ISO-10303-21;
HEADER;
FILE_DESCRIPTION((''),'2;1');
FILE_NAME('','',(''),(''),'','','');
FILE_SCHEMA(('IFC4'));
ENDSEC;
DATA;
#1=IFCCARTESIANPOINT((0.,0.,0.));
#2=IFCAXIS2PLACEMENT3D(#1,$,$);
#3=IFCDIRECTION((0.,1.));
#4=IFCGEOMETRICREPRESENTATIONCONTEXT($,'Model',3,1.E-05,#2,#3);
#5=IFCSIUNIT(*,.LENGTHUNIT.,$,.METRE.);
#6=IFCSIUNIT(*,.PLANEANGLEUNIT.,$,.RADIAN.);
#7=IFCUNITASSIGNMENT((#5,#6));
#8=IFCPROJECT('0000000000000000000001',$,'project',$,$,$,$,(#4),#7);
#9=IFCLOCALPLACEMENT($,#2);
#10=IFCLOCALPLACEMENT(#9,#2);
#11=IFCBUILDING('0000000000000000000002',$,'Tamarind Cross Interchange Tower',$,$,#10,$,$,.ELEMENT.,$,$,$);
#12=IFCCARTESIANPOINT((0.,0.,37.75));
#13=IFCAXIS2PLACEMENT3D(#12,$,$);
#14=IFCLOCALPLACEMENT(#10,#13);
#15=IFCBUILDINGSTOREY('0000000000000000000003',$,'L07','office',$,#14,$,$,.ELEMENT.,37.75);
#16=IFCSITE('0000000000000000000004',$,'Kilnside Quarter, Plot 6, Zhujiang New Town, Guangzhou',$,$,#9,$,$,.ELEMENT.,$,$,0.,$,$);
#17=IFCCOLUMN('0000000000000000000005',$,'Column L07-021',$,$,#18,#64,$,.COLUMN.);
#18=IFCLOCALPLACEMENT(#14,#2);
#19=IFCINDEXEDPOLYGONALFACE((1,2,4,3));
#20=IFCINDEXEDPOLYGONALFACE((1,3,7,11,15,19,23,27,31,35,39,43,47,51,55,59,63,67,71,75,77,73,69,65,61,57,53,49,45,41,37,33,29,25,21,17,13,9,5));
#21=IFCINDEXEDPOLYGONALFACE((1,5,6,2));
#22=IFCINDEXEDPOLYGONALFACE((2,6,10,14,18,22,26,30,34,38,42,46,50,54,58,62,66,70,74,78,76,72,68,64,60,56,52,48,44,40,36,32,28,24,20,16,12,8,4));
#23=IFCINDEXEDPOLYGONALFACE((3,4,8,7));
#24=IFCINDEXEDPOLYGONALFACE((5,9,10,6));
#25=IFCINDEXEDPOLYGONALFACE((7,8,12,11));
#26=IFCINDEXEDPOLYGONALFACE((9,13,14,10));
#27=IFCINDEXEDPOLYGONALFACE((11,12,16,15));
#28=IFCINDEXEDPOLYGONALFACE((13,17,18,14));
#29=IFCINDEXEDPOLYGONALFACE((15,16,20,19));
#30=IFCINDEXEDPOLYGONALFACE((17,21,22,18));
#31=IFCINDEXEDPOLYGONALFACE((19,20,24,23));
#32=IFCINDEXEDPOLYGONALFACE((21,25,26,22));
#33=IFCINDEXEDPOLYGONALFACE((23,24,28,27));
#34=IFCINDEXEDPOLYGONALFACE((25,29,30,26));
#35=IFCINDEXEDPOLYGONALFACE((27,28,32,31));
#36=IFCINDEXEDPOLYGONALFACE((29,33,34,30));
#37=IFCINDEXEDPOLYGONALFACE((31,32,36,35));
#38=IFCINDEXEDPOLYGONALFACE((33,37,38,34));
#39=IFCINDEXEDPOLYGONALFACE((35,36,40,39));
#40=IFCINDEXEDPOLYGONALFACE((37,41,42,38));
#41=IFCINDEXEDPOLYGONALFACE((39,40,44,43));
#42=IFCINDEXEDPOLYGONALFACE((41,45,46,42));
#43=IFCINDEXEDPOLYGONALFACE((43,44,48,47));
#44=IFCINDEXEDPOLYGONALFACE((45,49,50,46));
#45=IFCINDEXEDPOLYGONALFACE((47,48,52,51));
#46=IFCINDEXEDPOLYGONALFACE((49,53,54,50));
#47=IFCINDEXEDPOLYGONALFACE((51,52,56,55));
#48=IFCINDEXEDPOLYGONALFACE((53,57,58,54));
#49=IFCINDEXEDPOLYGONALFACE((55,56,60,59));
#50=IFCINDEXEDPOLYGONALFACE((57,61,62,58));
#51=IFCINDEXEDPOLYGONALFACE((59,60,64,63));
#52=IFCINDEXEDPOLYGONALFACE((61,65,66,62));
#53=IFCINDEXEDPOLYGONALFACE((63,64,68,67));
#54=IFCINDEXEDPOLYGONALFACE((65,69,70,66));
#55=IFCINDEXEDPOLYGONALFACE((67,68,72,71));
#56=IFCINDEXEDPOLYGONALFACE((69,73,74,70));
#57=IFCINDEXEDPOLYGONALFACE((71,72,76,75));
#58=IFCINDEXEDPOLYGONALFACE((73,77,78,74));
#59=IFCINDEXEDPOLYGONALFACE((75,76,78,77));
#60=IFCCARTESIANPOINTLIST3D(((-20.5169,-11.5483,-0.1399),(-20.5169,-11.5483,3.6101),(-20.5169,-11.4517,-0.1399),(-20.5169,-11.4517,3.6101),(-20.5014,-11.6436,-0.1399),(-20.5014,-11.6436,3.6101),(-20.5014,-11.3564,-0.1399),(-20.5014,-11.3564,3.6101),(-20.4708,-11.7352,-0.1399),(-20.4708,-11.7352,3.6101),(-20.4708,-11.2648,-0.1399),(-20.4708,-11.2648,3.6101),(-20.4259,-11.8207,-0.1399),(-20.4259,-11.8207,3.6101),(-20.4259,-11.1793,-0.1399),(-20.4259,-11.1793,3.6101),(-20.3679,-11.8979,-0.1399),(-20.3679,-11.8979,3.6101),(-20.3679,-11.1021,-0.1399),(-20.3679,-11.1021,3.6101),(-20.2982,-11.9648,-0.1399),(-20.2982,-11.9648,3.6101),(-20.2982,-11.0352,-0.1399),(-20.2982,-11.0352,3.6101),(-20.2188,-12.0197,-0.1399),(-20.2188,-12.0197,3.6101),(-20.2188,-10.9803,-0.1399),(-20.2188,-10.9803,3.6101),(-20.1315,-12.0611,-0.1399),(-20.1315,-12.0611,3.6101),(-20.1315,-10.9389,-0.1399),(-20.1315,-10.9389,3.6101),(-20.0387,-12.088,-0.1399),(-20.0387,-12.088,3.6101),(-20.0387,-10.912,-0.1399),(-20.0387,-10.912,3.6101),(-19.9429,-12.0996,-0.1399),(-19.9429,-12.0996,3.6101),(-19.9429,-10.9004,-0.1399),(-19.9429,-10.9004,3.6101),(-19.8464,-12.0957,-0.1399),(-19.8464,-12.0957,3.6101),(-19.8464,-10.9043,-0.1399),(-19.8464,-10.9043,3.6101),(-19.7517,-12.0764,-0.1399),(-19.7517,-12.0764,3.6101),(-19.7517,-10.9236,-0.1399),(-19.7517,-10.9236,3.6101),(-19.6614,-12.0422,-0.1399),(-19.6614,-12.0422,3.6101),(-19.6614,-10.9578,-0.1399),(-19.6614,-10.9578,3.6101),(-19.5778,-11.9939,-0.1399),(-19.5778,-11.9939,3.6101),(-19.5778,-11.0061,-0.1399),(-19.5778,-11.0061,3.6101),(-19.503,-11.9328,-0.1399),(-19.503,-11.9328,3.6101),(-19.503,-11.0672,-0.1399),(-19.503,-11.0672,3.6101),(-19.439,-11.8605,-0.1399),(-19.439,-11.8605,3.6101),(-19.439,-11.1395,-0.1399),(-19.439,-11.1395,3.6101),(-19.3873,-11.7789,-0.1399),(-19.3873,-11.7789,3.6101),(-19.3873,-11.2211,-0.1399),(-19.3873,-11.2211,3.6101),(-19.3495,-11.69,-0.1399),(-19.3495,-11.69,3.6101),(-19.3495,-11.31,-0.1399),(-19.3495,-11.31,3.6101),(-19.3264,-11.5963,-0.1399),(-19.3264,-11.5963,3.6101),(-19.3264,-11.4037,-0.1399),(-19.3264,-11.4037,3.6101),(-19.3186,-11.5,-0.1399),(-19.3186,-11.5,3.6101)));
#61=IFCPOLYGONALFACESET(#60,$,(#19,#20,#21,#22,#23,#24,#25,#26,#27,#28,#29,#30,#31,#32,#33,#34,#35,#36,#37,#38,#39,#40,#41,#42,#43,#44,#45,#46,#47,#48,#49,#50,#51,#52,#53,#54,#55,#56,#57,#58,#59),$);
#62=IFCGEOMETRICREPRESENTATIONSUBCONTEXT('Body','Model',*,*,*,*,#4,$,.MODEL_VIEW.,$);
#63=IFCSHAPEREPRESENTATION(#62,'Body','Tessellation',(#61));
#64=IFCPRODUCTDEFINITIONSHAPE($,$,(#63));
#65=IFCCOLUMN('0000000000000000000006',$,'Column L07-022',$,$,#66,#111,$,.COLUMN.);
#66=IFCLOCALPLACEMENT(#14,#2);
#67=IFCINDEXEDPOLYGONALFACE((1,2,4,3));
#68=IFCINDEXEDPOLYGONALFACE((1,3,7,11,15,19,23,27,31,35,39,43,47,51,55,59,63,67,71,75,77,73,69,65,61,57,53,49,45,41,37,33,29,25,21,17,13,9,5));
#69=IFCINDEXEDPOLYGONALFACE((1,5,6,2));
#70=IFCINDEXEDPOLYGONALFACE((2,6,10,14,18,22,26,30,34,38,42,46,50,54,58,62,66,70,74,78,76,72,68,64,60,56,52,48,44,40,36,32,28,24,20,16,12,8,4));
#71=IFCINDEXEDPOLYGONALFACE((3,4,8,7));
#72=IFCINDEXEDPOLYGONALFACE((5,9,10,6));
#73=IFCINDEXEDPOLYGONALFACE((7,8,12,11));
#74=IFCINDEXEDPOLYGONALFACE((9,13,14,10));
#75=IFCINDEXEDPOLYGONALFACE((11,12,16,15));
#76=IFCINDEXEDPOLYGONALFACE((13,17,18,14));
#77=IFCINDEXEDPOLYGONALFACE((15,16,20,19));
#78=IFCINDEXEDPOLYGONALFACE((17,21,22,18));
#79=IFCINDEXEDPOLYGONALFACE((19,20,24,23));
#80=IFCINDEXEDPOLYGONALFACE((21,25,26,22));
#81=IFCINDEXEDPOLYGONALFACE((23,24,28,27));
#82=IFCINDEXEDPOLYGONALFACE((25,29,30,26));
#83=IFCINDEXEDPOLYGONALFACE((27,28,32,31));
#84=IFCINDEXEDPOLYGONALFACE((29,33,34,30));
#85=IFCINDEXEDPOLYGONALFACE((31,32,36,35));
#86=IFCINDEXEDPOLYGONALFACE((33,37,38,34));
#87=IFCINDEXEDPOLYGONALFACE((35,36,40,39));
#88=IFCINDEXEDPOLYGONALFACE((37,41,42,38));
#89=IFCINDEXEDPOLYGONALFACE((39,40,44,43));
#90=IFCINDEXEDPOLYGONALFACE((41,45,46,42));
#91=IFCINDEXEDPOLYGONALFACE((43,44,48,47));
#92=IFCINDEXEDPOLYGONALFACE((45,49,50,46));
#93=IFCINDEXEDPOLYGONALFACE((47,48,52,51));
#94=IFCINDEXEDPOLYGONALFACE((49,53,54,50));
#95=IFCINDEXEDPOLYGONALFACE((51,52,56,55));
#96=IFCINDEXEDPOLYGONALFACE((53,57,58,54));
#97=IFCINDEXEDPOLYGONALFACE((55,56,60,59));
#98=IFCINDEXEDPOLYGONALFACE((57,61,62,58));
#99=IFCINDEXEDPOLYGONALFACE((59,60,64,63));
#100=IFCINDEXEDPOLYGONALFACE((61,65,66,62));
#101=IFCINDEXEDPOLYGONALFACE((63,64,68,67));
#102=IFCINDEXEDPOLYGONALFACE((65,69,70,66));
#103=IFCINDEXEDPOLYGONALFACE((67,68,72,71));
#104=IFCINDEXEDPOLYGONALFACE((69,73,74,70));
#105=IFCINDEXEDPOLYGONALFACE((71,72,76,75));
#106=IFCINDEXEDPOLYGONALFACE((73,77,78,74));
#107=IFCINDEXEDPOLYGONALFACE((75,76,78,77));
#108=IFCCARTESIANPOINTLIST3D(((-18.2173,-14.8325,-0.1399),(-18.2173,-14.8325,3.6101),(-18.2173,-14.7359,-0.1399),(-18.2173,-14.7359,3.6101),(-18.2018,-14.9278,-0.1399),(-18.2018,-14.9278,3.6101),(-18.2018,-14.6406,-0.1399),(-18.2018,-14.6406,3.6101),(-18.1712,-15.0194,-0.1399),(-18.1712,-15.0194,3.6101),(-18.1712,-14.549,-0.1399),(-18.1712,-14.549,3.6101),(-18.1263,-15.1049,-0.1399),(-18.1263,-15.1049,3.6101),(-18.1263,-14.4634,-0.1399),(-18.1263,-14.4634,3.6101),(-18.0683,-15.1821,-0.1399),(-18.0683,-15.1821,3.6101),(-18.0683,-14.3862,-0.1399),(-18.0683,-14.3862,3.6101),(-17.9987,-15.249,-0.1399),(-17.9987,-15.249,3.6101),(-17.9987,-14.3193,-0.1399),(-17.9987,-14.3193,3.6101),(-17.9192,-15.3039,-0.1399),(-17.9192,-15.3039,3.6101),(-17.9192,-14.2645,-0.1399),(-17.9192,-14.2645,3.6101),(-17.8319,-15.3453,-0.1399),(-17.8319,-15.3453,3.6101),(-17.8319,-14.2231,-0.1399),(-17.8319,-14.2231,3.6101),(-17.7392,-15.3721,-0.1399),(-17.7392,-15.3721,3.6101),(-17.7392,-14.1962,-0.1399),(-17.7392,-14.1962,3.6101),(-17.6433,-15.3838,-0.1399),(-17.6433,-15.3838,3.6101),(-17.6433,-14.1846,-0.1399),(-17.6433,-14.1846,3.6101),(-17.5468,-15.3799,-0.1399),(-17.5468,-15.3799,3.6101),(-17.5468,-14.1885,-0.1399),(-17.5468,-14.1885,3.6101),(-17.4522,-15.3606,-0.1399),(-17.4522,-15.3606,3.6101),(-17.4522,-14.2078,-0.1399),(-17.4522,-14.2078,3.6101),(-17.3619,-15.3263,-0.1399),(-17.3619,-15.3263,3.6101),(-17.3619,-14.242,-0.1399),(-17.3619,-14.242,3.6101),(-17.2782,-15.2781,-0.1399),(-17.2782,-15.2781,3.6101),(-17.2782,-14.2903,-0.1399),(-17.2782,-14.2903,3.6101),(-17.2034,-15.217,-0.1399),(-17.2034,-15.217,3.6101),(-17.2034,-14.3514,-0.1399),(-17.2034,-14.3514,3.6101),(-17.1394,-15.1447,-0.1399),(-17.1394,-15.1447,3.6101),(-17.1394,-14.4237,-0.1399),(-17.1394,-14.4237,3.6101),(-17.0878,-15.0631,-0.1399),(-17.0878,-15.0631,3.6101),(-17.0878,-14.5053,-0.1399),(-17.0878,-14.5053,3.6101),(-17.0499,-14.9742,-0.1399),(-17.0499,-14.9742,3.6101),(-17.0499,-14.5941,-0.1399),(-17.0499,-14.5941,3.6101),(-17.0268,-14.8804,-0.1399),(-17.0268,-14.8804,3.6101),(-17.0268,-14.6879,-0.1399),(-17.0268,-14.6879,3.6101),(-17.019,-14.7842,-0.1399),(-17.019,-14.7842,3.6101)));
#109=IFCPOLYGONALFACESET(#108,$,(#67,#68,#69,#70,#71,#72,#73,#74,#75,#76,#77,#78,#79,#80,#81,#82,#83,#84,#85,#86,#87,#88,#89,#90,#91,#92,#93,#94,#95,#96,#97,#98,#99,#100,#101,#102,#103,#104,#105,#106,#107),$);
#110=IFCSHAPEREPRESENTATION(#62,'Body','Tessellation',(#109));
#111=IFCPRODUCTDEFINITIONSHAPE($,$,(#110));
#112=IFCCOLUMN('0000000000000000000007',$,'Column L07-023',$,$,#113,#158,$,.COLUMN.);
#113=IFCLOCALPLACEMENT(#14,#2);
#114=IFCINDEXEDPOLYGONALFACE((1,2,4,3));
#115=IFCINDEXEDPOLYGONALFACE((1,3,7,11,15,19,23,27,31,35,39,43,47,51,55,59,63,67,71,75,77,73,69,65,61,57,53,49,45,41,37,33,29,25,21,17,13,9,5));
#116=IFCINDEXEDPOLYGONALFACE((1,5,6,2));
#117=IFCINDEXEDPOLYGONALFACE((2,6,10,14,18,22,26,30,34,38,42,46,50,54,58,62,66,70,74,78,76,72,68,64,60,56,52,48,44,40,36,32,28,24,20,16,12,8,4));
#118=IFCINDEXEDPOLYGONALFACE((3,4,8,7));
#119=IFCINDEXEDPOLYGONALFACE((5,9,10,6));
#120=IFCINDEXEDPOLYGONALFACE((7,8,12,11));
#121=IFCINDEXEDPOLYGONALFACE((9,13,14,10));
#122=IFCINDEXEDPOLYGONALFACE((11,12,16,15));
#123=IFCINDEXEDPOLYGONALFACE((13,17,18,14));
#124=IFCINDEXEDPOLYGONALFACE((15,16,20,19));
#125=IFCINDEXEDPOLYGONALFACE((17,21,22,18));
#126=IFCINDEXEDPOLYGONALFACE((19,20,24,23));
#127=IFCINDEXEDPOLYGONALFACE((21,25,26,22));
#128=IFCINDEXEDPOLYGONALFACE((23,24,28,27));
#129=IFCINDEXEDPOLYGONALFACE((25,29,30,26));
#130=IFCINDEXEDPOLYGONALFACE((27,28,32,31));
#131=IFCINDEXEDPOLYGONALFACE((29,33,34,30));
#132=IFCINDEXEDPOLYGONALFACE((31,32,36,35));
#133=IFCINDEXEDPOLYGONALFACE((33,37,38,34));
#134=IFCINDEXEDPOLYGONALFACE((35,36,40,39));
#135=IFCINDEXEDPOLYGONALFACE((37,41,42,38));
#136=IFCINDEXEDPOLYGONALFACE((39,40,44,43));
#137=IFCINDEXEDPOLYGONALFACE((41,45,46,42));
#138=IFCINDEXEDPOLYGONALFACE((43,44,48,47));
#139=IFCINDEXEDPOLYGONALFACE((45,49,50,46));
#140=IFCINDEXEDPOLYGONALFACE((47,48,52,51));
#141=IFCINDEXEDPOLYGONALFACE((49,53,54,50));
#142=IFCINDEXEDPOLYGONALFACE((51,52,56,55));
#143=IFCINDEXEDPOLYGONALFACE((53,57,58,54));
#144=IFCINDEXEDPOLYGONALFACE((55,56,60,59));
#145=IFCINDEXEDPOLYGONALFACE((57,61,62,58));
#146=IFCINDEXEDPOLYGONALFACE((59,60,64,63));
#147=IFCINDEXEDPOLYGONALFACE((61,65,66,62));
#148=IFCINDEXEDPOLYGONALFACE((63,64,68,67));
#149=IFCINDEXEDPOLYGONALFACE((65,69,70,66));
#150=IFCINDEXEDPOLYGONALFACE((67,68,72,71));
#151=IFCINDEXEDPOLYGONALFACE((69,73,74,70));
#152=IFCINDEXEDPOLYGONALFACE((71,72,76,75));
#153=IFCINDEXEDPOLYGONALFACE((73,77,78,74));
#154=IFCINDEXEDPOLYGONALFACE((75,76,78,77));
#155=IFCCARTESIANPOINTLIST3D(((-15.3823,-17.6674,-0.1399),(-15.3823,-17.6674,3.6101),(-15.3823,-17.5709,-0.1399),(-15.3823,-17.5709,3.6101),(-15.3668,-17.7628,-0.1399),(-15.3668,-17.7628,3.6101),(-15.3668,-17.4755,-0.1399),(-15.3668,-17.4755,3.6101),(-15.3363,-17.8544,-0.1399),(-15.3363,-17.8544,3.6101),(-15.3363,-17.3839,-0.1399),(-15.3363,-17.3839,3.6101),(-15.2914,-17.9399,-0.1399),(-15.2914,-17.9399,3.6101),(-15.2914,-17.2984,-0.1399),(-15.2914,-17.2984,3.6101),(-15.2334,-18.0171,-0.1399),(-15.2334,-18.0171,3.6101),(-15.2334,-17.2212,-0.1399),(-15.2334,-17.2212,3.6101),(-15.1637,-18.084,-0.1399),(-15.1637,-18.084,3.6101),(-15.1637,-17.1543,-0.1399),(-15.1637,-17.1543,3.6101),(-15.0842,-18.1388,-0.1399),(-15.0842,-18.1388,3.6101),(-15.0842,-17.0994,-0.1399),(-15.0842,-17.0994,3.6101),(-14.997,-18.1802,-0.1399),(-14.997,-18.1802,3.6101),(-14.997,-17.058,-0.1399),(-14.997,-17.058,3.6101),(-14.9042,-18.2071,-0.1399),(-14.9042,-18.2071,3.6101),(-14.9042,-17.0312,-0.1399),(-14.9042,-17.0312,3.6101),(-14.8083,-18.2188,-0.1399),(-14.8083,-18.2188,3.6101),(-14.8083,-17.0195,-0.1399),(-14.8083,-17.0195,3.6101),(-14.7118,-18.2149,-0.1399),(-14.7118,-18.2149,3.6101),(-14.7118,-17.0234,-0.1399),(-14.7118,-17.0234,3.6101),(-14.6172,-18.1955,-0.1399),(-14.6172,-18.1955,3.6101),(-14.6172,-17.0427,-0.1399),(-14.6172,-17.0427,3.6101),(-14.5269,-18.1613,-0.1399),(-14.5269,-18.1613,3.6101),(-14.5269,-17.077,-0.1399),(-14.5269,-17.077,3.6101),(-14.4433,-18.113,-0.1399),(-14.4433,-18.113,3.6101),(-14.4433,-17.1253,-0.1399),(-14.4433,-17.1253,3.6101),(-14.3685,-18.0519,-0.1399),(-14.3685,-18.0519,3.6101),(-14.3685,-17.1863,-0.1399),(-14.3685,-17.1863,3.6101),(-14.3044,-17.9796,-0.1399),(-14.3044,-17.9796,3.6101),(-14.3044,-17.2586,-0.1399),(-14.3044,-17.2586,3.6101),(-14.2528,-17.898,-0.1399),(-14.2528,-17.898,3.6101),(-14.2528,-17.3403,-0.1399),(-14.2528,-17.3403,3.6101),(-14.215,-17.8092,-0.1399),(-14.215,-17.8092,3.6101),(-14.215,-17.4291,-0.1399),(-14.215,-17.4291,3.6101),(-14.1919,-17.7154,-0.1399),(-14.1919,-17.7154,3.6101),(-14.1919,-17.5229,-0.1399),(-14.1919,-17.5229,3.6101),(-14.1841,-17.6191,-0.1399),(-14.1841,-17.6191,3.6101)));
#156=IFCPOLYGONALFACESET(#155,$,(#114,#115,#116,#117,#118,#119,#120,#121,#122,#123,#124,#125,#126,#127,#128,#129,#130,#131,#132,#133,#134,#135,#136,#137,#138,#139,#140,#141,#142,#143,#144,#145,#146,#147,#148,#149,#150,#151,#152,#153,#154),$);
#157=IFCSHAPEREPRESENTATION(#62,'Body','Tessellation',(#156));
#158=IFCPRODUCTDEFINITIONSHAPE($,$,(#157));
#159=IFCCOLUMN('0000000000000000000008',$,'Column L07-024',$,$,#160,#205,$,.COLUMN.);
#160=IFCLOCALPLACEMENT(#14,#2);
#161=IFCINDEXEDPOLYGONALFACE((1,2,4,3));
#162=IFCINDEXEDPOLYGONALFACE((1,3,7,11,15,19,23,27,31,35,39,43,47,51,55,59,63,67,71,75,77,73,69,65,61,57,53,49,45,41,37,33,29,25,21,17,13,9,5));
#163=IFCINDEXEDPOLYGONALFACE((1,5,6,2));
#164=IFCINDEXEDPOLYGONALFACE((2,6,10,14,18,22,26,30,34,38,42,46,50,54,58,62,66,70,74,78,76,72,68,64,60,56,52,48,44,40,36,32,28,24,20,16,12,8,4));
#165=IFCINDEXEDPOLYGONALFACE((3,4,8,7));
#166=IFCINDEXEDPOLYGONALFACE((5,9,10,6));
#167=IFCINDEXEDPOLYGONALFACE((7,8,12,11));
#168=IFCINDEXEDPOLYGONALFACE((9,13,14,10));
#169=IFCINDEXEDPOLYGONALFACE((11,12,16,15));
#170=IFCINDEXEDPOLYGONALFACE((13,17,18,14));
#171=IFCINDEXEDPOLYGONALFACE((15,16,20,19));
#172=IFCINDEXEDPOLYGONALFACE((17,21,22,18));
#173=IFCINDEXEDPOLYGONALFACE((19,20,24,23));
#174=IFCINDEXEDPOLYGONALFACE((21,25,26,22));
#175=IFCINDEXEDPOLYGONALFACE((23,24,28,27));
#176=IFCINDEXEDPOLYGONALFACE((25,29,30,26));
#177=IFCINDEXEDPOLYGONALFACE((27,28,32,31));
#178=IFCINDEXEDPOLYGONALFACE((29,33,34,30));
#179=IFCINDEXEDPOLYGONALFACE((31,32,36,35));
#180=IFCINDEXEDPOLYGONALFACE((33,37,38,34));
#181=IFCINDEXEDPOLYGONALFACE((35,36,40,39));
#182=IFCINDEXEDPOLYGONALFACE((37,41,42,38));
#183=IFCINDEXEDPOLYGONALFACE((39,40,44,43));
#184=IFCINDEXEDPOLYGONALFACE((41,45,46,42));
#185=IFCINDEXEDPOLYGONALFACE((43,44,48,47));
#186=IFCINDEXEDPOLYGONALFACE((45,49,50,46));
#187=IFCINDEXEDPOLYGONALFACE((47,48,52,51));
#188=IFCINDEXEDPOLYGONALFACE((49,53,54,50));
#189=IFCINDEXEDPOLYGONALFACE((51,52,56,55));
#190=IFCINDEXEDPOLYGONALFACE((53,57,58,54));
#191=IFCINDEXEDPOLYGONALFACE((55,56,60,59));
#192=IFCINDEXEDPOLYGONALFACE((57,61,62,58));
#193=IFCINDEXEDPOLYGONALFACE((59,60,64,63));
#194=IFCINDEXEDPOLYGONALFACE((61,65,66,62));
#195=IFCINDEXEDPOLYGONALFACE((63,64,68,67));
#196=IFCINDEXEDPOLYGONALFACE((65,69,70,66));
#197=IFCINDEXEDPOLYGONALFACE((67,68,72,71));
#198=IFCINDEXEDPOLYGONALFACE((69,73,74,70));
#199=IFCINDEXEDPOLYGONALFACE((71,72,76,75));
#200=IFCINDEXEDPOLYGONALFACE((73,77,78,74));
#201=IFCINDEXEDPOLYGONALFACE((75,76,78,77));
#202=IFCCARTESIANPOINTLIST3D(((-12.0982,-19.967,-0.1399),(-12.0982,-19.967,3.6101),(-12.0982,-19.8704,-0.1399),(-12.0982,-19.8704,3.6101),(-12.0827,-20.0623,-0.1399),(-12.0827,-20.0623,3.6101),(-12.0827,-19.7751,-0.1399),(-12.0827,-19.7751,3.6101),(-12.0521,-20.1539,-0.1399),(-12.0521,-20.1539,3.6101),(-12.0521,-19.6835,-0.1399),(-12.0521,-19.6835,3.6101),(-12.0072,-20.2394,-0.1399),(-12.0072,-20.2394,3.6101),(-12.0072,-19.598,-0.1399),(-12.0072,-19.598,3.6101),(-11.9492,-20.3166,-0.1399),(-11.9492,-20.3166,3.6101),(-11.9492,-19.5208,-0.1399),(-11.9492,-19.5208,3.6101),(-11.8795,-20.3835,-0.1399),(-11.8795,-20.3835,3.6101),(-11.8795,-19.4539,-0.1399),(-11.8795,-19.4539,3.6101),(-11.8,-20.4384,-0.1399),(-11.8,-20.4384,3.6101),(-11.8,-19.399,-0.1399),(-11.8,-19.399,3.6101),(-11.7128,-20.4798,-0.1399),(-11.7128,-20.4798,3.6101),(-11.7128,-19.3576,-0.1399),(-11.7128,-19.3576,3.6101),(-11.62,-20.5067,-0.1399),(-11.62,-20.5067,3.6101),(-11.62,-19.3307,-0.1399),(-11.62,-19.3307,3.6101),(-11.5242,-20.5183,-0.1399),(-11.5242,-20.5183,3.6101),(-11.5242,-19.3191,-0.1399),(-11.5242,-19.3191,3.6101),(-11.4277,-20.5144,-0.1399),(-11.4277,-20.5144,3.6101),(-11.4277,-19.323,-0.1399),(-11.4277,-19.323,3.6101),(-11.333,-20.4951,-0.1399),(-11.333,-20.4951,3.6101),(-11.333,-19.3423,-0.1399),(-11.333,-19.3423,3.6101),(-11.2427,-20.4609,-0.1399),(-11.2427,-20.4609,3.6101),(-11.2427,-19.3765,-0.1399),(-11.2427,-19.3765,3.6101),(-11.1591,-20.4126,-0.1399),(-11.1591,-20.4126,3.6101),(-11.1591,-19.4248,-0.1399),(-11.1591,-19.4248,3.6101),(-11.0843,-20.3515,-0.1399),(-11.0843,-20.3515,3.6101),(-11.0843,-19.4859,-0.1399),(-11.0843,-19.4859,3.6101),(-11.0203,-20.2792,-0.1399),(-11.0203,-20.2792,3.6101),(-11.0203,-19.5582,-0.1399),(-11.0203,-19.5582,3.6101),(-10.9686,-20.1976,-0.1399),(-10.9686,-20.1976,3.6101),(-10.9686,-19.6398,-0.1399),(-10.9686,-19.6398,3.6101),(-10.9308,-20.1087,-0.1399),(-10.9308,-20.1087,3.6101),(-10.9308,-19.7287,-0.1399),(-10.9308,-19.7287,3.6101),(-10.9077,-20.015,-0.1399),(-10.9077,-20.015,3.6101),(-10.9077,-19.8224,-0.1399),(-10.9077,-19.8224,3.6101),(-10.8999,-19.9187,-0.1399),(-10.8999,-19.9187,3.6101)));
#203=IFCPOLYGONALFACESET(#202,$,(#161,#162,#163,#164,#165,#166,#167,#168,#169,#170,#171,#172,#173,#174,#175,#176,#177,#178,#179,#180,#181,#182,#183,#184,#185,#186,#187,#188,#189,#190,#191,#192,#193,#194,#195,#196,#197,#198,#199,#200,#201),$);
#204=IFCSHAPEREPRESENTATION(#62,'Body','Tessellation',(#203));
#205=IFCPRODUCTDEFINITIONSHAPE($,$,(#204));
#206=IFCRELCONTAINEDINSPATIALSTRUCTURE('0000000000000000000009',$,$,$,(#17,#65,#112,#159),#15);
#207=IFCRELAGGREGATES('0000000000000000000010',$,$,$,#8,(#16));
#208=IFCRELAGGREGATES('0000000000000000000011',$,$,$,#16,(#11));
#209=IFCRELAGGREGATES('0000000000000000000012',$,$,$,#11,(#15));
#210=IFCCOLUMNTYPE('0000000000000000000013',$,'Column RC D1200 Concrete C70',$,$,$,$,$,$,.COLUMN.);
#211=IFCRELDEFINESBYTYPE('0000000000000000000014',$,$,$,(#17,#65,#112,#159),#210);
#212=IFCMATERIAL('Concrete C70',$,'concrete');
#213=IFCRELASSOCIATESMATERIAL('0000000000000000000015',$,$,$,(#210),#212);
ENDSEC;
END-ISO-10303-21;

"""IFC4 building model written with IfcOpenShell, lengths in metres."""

from ifc_helpers import new_model, si_unit, direction, frame, origin, origin_2d, place, context, subcontext, project, spatial, circle, extrude, material, material_profile, profile_set, type_object, element, save


model = new_model("IFC4")

# Units and contexts
model_context = context("Model", 3, precision=1e-05, world=origin(), true_north=direction((0.0, 1.0)))
body_context = subcontext(model_context, "Body", "Model", "MODEL_VIEW")
ifc_project = project(units=[si_unit("LENGTHUNIT", "METRE"), si_unit("PLANEANGLEUNIT", "RADIAN")], contexts=[model_context])

# Site, building, storey
site_placement = place(None, origin())
site = spatial("IfcSite", under=ifc_project, at=site_placement, Name="Kilnside Quarter, Plot 6, Zhujiang New Town, Guangzhou", CompositionType="ELEMENT", RefElevation=0.0)
building_placement = place(site_placement, origin())
building = spatial("IfcBuilding", under=site, at=building_placement, Name="Tamarind Cross Interchange Tower", CompositionType="ELEMENT")
storey_placement = place(building_placement, frame((0.0, 0.0, 37.75)))
storey = spatial("IfcBuildingStorey", under=building, at=storey_placement, Name="L07", Description="office", CompositionType="ELEMENT", Elevation=37.75)

# Columns
ifc_material_1 = material(Name="Concrete C70", Category="concrete")
ifc_material_profile_1 = material_profile(ifc_material_1, circle(Radius=0.6001, at=origin_2d()), Name="RC D1200")
ifc_profile_set_1 = profile_set([ifc_material_profile_1], Name="Concrete C70")
column_type = type_object("IfcColumnType", Name="Column RC D1200 Concrete C70", PredefinedType="COLUMN", material=ifc_profile_set_1)
for number, where, z_axis, x_axis, name in (
    (1, (-19.9187, -11.5, -0.1399), (0.0, 0.0, 1.0), (1.0, 0.0, 0.0), "Column L07-021"),
    (2, (-17.6191, -14.7842, -0.1399), (0.0, 0.0, 1.0), (1.0, 0.0, 0.0), "Column L07-022"),
    (3, (-14.7842, -17.6191, -0.1399), (0.0, 0.0, 1.0), (1.0, 0.0, 0.0), "Column L07-023"),
    (4, (-11.5, -19.9187, -0.1399), (0.0, 0.0, 1.0), (1.0, 0.0, 0.0), "Column L07-024"),
):
    element("IfcColumn", number, at=place(storey_placement, frame(where, z_axis=z_axis, x_axis=x_axis)), inside=storey, type_object=column_type, Name=name, PredefinedType="COLUMN", context=body_context, shape_type="SweptSolid", body=[
        extrude(circle(Radius=0.6001, at=origin_2d()), origin(), (0.0, 0.0, 1.0), 3.75),
    ])

save(model, "model.ifc")
